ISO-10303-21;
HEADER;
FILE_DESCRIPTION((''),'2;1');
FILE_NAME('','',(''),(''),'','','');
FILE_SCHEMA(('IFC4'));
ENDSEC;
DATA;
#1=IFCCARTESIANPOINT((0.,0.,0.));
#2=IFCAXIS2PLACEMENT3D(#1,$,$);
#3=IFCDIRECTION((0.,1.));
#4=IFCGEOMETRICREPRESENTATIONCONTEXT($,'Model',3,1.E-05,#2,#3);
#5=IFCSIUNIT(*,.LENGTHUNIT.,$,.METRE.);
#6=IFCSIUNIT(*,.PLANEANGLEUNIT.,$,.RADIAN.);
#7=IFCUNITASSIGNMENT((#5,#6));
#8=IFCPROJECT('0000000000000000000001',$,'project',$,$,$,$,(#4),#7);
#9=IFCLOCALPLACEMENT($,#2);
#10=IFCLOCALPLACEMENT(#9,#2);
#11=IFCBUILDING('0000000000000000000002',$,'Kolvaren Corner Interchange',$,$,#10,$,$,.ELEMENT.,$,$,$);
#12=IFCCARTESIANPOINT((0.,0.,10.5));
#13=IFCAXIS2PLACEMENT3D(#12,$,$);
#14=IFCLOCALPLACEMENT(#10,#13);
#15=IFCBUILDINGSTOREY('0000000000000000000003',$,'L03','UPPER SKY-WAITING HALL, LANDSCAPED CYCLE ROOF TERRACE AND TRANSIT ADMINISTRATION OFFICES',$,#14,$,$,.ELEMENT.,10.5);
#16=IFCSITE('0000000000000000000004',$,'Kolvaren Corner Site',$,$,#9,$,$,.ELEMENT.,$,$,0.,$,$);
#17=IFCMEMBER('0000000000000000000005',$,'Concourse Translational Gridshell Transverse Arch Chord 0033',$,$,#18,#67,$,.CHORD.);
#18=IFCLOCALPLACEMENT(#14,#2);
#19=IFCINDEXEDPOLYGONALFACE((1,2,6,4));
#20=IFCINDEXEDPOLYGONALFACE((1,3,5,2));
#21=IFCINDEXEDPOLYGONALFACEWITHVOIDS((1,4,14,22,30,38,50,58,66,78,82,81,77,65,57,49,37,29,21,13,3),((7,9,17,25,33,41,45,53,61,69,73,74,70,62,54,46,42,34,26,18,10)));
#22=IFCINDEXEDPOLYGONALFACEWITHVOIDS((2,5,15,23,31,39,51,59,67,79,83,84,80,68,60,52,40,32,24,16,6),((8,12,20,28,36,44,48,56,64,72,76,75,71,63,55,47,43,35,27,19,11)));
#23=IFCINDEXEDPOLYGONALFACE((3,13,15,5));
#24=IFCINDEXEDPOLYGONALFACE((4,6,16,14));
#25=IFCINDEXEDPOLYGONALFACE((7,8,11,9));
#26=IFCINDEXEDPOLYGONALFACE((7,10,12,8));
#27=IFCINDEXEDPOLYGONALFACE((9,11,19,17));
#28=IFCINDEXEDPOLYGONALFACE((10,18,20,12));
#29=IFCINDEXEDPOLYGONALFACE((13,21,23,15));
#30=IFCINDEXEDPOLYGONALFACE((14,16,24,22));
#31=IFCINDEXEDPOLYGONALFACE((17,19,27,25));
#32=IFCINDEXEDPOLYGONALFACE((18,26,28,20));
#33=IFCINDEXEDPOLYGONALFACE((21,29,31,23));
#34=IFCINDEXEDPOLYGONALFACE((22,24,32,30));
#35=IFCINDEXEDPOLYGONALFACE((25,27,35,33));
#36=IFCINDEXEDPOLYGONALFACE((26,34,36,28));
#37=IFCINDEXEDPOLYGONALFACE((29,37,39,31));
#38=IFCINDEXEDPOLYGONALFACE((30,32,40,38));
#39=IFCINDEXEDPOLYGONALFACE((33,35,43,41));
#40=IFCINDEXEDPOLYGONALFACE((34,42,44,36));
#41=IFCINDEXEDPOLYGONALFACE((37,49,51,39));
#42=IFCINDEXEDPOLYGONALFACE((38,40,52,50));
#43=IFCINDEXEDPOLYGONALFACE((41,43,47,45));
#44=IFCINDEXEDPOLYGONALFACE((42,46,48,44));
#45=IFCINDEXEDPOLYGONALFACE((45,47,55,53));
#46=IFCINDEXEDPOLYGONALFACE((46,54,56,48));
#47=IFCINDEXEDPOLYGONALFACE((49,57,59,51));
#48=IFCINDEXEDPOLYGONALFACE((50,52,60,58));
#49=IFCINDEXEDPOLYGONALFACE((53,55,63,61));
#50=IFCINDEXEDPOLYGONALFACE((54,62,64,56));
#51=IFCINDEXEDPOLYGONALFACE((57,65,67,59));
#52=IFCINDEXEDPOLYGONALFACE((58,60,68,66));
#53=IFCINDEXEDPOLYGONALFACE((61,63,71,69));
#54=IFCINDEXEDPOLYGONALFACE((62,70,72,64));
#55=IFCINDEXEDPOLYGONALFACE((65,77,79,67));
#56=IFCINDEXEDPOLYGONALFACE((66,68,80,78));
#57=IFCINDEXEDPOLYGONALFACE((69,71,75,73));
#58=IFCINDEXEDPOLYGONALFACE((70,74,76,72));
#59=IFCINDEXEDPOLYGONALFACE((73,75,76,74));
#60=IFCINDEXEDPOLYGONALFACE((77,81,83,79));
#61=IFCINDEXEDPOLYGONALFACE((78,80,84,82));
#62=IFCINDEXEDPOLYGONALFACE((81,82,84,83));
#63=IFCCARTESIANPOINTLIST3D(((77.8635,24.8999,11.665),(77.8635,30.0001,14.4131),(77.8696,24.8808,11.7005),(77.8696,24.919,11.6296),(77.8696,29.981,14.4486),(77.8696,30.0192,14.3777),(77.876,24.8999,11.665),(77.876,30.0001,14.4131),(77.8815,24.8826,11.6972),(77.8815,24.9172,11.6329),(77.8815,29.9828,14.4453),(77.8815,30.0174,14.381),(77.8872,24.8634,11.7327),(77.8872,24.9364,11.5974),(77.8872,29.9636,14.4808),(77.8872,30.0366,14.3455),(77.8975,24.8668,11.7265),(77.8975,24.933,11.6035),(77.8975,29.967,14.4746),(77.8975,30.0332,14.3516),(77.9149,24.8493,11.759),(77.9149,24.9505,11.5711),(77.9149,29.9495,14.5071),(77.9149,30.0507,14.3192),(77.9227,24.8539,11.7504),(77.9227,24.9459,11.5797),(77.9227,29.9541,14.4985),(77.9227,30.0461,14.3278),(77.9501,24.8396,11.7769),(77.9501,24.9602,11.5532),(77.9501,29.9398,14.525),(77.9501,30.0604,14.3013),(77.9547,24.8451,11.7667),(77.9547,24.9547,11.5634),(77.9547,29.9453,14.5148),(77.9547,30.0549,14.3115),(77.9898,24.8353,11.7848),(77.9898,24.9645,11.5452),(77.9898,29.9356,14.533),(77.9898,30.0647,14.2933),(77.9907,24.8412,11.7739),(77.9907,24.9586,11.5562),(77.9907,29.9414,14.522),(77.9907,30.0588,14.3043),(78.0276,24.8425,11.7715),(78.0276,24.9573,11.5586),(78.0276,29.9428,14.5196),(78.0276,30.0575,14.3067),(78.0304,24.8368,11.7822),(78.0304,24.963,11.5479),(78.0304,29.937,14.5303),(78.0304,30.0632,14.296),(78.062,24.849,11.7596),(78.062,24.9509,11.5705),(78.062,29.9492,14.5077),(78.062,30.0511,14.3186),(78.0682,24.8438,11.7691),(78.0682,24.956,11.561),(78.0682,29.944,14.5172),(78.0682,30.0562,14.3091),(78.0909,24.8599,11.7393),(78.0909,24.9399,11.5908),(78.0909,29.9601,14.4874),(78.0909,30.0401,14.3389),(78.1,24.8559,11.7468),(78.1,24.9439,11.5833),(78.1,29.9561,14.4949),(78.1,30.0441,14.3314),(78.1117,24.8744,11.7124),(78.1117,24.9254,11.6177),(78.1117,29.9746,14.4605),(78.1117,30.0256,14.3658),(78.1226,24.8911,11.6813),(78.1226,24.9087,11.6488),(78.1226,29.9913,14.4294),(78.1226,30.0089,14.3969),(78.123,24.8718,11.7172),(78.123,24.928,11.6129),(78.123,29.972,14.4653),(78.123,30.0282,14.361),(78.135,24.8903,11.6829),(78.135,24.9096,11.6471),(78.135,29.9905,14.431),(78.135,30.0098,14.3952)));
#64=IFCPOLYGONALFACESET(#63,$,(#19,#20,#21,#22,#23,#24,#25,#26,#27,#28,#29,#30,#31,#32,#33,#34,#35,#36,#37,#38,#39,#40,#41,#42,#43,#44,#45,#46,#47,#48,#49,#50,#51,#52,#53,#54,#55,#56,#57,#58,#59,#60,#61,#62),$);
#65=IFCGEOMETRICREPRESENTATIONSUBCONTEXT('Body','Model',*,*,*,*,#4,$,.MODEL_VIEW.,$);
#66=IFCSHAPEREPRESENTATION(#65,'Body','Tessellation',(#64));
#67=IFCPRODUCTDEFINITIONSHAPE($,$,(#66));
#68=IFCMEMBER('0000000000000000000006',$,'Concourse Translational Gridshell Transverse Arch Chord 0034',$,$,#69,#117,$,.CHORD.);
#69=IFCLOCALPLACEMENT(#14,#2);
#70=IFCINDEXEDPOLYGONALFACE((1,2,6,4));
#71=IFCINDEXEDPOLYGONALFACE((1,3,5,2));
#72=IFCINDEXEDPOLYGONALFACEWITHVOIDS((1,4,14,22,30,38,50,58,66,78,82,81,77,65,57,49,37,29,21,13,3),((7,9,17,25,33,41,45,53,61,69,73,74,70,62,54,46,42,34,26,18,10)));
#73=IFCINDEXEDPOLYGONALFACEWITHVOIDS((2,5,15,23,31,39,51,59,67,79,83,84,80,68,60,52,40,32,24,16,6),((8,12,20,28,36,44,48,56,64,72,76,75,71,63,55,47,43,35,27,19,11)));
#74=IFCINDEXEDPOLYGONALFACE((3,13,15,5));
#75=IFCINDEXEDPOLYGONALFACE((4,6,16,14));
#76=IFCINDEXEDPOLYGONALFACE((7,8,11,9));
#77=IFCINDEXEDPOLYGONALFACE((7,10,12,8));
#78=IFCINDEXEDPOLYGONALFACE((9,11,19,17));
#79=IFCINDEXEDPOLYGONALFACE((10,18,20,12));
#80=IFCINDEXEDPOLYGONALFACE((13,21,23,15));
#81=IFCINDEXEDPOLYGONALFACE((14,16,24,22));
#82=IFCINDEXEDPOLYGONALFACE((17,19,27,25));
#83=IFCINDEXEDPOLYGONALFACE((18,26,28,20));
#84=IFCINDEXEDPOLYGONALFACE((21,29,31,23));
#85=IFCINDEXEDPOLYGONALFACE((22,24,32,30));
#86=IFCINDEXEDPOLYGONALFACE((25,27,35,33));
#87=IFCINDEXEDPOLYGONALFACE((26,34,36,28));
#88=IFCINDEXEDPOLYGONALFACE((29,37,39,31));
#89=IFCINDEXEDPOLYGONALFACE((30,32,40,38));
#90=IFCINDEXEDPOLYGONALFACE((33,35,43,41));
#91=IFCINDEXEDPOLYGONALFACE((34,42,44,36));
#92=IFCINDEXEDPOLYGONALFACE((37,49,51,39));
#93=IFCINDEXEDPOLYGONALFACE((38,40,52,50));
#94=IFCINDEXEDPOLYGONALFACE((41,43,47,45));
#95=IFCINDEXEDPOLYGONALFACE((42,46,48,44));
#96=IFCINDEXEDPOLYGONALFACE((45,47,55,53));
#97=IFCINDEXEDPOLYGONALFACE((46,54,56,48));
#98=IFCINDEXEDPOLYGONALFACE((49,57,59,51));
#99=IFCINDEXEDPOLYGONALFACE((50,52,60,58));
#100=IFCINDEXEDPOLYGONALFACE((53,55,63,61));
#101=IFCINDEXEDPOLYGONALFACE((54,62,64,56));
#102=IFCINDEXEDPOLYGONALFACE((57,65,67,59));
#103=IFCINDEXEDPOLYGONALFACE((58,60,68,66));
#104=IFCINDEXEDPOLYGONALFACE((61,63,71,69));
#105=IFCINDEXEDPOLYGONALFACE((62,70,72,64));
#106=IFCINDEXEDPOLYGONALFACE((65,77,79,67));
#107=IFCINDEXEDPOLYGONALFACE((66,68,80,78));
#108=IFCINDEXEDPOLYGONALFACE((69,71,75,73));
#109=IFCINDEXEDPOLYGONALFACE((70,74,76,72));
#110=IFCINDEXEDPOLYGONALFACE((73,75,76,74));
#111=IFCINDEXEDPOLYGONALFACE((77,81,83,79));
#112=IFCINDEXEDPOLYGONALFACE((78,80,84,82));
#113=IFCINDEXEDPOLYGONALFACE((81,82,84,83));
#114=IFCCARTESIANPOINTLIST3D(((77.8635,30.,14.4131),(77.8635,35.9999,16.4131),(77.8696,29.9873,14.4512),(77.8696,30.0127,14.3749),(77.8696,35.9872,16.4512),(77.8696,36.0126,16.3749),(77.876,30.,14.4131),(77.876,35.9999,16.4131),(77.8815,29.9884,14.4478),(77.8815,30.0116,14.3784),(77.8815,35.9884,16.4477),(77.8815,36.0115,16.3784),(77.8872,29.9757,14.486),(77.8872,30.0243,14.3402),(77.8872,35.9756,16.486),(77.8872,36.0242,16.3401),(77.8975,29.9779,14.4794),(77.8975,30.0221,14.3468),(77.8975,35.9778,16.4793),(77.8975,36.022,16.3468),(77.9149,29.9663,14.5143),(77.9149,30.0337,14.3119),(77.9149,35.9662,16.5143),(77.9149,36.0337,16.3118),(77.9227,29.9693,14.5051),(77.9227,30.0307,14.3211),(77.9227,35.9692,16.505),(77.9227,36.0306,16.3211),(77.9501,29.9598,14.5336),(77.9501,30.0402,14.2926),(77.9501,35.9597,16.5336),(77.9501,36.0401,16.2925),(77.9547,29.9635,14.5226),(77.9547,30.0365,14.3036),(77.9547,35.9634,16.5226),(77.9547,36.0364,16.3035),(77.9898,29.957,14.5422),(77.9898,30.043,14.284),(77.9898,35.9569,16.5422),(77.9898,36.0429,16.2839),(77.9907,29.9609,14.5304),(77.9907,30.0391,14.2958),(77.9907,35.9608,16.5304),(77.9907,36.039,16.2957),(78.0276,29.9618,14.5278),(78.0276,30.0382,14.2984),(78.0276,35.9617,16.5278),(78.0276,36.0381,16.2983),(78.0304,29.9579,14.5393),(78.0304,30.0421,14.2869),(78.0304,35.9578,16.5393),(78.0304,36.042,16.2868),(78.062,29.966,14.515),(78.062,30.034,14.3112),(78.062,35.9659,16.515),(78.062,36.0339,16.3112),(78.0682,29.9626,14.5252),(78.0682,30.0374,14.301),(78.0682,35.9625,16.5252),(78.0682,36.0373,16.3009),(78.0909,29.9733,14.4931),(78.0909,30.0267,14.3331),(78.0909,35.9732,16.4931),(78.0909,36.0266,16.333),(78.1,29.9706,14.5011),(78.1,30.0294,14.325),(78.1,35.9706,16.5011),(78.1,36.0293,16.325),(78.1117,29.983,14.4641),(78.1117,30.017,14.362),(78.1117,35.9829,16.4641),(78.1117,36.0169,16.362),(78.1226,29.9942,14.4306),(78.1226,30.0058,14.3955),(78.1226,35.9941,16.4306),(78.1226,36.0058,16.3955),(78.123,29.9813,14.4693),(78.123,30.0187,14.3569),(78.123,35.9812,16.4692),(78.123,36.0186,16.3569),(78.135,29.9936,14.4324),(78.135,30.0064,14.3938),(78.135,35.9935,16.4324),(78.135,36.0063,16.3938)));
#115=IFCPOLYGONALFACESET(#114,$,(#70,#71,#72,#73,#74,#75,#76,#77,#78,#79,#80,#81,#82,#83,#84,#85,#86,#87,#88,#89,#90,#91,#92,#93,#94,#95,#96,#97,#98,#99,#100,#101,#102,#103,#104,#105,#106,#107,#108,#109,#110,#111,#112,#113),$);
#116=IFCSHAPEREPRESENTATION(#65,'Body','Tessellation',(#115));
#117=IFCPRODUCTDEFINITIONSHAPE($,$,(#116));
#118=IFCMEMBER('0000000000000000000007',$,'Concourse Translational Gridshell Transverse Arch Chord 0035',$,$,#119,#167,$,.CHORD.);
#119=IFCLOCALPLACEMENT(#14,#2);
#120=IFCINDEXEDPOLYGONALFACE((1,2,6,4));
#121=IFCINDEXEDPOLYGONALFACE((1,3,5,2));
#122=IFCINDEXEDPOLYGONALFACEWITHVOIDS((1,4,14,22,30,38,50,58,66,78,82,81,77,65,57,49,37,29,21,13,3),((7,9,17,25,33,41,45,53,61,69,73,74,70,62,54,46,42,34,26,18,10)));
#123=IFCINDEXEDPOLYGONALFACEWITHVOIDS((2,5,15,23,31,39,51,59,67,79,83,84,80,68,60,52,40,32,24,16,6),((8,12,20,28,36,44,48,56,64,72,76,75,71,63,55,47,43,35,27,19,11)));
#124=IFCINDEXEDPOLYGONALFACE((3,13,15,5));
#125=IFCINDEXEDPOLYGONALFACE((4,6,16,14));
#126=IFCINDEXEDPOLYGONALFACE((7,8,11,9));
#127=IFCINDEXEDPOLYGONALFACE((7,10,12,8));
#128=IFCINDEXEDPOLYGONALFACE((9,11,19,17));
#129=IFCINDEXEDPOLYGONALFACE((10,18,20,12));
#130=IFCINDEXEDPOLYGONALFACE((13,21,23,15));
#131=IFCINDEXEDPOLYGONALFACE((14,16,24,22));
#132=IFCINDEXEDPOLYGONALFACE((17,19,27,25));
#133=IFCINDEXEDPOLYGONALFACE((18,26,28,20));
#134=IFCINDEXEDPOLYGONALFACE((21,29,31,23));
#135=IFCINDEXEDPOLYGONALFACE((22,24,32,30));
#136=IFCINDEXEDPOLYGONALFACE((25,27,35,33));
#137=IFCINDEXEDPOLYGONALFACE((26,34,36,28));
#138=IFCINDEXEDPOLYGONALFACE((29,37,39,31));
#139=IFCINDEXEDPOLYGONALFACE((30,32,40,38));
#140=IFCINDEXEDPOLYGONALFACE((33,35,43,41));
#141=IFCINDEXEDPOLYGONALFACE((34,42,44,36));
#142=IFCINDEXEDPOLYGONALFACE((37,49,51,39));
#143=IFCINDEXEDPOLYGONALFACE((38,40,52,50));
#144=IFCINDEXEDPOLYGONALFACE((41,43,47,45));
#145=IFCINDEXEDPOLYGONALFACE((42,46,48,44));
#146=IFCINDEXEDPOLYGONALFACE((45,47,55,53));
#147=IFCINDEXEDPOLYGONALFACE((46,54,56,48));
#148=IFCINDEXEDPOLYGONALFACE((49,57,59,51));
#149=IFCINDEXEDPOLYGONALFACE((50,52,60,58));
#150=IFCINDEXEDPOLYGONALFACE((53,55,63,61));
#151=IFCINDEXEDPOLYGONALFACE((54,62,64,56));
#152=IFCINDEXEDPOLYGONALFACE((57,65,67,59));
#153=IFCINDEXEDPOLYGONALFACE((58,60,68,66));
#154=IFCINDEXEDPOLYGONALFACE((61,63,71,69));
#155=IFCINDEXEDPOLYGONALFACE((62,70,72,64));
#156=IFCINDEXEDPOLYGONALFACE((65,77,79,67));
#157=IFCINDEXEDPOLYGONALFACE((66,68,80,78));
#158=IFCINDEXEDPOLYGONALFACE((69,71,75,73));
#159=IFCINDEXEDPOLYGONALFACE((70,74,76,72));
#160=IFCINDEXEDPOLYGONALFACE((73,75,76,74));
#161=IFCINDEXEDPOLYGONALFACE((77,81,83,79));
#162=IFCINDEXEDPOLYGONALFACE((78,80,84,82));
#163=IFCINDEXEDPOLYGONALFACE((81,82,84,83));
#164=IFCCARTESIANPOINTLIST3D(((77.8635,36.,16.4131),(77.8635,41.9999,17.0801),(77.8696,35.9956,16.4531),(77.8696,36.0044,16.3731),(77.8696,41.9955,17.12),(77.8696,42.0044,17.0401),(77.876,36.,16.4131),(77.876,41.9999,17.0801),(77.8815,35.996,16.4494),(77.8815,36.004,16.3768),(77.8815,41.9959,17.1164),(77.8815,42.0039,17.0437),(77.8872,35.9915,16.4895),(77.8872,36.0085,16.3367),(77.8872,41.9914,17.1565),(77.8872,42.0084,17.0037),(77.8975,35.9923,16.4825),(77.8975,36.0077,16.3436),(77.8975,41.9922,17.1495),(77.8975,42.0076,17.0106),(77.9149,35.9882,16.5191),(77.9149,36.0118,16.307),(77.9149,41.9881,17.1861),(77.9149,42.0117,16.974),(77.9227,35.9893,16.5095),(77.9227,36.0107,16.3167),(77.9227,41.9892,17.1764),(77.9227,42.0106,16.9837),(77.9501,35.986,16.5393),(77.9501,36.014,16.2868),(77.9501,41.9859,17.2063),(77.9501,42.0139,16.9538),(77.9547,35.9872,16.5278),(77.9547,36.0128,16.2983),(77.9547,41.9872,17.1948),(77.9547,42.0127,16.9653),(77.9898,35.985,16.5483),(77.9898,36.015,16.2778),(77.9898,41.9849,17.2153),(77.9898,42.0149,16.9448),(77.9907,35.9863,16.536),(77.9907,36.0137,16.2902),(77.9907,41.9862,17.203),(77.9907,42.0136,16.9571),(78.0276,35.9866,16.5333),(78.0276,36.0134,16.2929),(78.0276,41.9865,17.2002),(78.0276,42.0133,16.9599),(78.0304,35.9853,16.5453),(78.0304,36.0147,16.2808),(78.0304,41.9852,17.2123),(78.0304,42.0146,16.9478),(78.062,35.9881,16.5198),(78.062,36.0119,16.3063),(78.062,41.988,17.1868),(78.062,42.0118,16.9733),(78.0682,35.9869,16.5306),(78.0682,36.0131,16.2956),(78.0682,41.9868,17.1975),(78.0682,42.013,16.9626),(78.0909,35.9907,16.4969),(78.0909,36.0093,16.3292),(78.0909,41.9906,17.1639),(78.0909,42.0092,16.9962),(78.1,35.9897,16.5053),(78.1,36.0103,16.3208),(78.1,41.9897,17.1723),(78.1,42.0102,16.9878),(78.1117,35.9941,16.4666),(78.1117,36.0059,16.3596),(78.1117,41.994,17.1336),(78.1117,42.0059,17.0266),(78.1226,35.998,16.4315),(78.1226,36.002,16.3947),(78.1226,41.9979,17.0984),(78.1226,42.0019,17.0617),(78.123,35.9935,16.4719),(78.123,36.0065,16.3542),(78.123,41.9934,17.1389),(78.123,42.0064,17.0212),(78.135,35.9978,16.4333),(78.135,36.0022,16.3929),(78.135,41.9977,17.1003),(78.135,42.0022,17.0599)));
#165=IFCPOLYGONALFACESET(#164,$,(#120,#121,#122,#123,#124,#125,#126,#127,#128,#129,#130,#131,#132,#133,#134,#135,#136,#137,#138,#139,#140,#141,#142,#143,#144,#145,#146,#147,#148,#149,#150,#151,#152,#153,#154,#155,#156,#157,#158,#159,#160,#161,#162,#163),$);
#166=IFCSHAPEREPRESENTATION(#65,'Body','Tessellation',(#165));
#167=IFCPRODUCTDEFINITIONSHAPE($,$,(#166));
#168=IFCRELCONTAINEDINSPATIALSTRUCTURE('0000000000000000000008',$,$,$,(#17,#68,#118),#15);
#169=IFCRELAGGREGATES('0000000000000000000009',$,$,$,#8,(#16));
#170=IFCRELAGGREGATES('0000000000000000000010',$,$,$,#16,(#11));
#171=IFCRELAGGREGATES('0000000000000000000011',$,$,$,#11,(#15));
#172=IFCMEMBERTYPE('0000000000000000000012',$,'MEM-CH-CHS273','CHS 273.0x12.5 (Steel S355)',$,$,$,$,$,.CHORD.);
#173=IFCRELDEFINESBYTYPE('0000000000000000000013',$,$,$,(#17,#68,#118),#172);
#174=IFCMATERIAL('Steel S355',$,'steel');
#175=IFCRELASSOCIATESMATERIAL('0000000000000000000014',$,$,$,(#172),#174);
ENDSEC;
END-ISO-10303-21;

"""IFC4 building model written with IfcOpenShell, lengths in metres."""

from ifc_helpers import new_model, si_unit, direction, frame, origin, origin_2d, place, context, subcontext, project, spatial, hollow_circle, extrude, material, material_profile, profile_set, type_object, element, save


model = new_model("IFC4")

# Units and contexts
model_context = context("Model", 3, precision=1e-05, world=origin(), true_north=direction((0.0, 1.0)))
body_context = subcontext(model_context, "Body", "Model", "MODEL_VIEW")
ifc_project = project(units=[si_unit("LENGTHUNIT", "METRE"), si_unit("PLANEANGLEUNIT", "RADIAN")], contexts=[model_context])

# Site, building, storey
site_placement = place(None, origin())
site = spatial("IfcSite", under=ifc_project, at=site_placement, Name="Kolvaren Corner Site", CompositionType="ELEMENT", RefElevation=0.0)
building_placement = place(site_placement, origin())
building = spatial("IfcBuilding", under=site, at=building_placement, Name="Kolvaren Corner Interchange", CompositionType="ELEMENT")
storey_placement = place(building_placement, frame((0.0, 0.0, 10.5)))
storey = spatial("IfcBuildingStorey", under=building, at=storey_placement, Name="L03", Description="UPPER SKY-WAITING HALL, LANDSCAPED CYCLE ROOF TERRACE AND TRANSIT ADMINISTRATION OFFICES", CompositionType="ELEMENT", Elevation=10.5)

# Members
ifc_material_1 = material(Name="Steel S355", Category="steel")
ifc_material_profile_1 = material_profile(ifc_material_1, hollow_circle(Radius=0.1365, WallThickness=0.0125, at=origin_2d()), Name="CHS 273.0x12.5")
ifc_profile_set_1 = profile_set([ifc_material_profile_1], Name="Steel S355")
member_type_1 = type_object("IfcMemberType", Name="MEM-CH-CHS273", Description="CHS 273.0x12.5 (Steel S355)", PredefinedType="CHORD", material=ifc_profile_set_1)
member_1_placement = place(storey_placement, frame((78.0, 24.8999, 11.665), z_axis=(0.0, 0.880338, 0.474346), x_axis=(-1.0, 0.0, 0.0)))
element("IfcMember", 1, at=member_1_placement, inside=storey, type_object=member_type_1, Name="Concourse Translational Gridshell Transverse Arch Chord 0033", PredefinedType="CHORD", context=body_context, shape_type="SweptSolid", body=[
    extrude(hollow_circle(Radius=0.1365, WallThickness=0.0125, at=origin_2d()), origin(), (0.0, 0.0, 1.0), 5.7935),
])
member_2_placement = place(storey_placement, frame((78.0, 30.0, 14.4131), z_axis=(0.0, 0.948683, 0.316228), x_axis=(-1.0, 0.0, 0.0)))
element("IfcMember", 2, at=member_2_placement, inside=storey, type_object=member_type_1, Name="Concourse Translational Gridshell Transverse Arch Chord 0034", PredefinedType="CHORD", context=body_context, shape_type="SweptSolid", body=[
    extrude(hollow_circle(Radius=0.1365, WallThickness=0.0125, at=origin_2d()), origin(), (0.0, 0.0, 1.0), 6.3245),
])
member_3_placement = place(storey_placement, frame((78.0, 36.0, 16.4131), z_axis=(0.0, 0.993878, 0.110485), x_axis=(-1.0, 0.0, 0.0)))
element("IfcMember", 3, at=member_3_placement, inside=storey, type_object=member_type_1, Name="Concourse Translational Gridshell Transverse Arch Chord 0035", PredefinedType="CHORD", context=body_context, shape_type="SweptSolid", body=[
    extrude(hollow_circle(Radius=0.1365, WallThickness=0.0125, at=origin_2d()), origin(), (0.0, 0.0, 1.0), 6.0369),
])

save(model, "model.ifc")
